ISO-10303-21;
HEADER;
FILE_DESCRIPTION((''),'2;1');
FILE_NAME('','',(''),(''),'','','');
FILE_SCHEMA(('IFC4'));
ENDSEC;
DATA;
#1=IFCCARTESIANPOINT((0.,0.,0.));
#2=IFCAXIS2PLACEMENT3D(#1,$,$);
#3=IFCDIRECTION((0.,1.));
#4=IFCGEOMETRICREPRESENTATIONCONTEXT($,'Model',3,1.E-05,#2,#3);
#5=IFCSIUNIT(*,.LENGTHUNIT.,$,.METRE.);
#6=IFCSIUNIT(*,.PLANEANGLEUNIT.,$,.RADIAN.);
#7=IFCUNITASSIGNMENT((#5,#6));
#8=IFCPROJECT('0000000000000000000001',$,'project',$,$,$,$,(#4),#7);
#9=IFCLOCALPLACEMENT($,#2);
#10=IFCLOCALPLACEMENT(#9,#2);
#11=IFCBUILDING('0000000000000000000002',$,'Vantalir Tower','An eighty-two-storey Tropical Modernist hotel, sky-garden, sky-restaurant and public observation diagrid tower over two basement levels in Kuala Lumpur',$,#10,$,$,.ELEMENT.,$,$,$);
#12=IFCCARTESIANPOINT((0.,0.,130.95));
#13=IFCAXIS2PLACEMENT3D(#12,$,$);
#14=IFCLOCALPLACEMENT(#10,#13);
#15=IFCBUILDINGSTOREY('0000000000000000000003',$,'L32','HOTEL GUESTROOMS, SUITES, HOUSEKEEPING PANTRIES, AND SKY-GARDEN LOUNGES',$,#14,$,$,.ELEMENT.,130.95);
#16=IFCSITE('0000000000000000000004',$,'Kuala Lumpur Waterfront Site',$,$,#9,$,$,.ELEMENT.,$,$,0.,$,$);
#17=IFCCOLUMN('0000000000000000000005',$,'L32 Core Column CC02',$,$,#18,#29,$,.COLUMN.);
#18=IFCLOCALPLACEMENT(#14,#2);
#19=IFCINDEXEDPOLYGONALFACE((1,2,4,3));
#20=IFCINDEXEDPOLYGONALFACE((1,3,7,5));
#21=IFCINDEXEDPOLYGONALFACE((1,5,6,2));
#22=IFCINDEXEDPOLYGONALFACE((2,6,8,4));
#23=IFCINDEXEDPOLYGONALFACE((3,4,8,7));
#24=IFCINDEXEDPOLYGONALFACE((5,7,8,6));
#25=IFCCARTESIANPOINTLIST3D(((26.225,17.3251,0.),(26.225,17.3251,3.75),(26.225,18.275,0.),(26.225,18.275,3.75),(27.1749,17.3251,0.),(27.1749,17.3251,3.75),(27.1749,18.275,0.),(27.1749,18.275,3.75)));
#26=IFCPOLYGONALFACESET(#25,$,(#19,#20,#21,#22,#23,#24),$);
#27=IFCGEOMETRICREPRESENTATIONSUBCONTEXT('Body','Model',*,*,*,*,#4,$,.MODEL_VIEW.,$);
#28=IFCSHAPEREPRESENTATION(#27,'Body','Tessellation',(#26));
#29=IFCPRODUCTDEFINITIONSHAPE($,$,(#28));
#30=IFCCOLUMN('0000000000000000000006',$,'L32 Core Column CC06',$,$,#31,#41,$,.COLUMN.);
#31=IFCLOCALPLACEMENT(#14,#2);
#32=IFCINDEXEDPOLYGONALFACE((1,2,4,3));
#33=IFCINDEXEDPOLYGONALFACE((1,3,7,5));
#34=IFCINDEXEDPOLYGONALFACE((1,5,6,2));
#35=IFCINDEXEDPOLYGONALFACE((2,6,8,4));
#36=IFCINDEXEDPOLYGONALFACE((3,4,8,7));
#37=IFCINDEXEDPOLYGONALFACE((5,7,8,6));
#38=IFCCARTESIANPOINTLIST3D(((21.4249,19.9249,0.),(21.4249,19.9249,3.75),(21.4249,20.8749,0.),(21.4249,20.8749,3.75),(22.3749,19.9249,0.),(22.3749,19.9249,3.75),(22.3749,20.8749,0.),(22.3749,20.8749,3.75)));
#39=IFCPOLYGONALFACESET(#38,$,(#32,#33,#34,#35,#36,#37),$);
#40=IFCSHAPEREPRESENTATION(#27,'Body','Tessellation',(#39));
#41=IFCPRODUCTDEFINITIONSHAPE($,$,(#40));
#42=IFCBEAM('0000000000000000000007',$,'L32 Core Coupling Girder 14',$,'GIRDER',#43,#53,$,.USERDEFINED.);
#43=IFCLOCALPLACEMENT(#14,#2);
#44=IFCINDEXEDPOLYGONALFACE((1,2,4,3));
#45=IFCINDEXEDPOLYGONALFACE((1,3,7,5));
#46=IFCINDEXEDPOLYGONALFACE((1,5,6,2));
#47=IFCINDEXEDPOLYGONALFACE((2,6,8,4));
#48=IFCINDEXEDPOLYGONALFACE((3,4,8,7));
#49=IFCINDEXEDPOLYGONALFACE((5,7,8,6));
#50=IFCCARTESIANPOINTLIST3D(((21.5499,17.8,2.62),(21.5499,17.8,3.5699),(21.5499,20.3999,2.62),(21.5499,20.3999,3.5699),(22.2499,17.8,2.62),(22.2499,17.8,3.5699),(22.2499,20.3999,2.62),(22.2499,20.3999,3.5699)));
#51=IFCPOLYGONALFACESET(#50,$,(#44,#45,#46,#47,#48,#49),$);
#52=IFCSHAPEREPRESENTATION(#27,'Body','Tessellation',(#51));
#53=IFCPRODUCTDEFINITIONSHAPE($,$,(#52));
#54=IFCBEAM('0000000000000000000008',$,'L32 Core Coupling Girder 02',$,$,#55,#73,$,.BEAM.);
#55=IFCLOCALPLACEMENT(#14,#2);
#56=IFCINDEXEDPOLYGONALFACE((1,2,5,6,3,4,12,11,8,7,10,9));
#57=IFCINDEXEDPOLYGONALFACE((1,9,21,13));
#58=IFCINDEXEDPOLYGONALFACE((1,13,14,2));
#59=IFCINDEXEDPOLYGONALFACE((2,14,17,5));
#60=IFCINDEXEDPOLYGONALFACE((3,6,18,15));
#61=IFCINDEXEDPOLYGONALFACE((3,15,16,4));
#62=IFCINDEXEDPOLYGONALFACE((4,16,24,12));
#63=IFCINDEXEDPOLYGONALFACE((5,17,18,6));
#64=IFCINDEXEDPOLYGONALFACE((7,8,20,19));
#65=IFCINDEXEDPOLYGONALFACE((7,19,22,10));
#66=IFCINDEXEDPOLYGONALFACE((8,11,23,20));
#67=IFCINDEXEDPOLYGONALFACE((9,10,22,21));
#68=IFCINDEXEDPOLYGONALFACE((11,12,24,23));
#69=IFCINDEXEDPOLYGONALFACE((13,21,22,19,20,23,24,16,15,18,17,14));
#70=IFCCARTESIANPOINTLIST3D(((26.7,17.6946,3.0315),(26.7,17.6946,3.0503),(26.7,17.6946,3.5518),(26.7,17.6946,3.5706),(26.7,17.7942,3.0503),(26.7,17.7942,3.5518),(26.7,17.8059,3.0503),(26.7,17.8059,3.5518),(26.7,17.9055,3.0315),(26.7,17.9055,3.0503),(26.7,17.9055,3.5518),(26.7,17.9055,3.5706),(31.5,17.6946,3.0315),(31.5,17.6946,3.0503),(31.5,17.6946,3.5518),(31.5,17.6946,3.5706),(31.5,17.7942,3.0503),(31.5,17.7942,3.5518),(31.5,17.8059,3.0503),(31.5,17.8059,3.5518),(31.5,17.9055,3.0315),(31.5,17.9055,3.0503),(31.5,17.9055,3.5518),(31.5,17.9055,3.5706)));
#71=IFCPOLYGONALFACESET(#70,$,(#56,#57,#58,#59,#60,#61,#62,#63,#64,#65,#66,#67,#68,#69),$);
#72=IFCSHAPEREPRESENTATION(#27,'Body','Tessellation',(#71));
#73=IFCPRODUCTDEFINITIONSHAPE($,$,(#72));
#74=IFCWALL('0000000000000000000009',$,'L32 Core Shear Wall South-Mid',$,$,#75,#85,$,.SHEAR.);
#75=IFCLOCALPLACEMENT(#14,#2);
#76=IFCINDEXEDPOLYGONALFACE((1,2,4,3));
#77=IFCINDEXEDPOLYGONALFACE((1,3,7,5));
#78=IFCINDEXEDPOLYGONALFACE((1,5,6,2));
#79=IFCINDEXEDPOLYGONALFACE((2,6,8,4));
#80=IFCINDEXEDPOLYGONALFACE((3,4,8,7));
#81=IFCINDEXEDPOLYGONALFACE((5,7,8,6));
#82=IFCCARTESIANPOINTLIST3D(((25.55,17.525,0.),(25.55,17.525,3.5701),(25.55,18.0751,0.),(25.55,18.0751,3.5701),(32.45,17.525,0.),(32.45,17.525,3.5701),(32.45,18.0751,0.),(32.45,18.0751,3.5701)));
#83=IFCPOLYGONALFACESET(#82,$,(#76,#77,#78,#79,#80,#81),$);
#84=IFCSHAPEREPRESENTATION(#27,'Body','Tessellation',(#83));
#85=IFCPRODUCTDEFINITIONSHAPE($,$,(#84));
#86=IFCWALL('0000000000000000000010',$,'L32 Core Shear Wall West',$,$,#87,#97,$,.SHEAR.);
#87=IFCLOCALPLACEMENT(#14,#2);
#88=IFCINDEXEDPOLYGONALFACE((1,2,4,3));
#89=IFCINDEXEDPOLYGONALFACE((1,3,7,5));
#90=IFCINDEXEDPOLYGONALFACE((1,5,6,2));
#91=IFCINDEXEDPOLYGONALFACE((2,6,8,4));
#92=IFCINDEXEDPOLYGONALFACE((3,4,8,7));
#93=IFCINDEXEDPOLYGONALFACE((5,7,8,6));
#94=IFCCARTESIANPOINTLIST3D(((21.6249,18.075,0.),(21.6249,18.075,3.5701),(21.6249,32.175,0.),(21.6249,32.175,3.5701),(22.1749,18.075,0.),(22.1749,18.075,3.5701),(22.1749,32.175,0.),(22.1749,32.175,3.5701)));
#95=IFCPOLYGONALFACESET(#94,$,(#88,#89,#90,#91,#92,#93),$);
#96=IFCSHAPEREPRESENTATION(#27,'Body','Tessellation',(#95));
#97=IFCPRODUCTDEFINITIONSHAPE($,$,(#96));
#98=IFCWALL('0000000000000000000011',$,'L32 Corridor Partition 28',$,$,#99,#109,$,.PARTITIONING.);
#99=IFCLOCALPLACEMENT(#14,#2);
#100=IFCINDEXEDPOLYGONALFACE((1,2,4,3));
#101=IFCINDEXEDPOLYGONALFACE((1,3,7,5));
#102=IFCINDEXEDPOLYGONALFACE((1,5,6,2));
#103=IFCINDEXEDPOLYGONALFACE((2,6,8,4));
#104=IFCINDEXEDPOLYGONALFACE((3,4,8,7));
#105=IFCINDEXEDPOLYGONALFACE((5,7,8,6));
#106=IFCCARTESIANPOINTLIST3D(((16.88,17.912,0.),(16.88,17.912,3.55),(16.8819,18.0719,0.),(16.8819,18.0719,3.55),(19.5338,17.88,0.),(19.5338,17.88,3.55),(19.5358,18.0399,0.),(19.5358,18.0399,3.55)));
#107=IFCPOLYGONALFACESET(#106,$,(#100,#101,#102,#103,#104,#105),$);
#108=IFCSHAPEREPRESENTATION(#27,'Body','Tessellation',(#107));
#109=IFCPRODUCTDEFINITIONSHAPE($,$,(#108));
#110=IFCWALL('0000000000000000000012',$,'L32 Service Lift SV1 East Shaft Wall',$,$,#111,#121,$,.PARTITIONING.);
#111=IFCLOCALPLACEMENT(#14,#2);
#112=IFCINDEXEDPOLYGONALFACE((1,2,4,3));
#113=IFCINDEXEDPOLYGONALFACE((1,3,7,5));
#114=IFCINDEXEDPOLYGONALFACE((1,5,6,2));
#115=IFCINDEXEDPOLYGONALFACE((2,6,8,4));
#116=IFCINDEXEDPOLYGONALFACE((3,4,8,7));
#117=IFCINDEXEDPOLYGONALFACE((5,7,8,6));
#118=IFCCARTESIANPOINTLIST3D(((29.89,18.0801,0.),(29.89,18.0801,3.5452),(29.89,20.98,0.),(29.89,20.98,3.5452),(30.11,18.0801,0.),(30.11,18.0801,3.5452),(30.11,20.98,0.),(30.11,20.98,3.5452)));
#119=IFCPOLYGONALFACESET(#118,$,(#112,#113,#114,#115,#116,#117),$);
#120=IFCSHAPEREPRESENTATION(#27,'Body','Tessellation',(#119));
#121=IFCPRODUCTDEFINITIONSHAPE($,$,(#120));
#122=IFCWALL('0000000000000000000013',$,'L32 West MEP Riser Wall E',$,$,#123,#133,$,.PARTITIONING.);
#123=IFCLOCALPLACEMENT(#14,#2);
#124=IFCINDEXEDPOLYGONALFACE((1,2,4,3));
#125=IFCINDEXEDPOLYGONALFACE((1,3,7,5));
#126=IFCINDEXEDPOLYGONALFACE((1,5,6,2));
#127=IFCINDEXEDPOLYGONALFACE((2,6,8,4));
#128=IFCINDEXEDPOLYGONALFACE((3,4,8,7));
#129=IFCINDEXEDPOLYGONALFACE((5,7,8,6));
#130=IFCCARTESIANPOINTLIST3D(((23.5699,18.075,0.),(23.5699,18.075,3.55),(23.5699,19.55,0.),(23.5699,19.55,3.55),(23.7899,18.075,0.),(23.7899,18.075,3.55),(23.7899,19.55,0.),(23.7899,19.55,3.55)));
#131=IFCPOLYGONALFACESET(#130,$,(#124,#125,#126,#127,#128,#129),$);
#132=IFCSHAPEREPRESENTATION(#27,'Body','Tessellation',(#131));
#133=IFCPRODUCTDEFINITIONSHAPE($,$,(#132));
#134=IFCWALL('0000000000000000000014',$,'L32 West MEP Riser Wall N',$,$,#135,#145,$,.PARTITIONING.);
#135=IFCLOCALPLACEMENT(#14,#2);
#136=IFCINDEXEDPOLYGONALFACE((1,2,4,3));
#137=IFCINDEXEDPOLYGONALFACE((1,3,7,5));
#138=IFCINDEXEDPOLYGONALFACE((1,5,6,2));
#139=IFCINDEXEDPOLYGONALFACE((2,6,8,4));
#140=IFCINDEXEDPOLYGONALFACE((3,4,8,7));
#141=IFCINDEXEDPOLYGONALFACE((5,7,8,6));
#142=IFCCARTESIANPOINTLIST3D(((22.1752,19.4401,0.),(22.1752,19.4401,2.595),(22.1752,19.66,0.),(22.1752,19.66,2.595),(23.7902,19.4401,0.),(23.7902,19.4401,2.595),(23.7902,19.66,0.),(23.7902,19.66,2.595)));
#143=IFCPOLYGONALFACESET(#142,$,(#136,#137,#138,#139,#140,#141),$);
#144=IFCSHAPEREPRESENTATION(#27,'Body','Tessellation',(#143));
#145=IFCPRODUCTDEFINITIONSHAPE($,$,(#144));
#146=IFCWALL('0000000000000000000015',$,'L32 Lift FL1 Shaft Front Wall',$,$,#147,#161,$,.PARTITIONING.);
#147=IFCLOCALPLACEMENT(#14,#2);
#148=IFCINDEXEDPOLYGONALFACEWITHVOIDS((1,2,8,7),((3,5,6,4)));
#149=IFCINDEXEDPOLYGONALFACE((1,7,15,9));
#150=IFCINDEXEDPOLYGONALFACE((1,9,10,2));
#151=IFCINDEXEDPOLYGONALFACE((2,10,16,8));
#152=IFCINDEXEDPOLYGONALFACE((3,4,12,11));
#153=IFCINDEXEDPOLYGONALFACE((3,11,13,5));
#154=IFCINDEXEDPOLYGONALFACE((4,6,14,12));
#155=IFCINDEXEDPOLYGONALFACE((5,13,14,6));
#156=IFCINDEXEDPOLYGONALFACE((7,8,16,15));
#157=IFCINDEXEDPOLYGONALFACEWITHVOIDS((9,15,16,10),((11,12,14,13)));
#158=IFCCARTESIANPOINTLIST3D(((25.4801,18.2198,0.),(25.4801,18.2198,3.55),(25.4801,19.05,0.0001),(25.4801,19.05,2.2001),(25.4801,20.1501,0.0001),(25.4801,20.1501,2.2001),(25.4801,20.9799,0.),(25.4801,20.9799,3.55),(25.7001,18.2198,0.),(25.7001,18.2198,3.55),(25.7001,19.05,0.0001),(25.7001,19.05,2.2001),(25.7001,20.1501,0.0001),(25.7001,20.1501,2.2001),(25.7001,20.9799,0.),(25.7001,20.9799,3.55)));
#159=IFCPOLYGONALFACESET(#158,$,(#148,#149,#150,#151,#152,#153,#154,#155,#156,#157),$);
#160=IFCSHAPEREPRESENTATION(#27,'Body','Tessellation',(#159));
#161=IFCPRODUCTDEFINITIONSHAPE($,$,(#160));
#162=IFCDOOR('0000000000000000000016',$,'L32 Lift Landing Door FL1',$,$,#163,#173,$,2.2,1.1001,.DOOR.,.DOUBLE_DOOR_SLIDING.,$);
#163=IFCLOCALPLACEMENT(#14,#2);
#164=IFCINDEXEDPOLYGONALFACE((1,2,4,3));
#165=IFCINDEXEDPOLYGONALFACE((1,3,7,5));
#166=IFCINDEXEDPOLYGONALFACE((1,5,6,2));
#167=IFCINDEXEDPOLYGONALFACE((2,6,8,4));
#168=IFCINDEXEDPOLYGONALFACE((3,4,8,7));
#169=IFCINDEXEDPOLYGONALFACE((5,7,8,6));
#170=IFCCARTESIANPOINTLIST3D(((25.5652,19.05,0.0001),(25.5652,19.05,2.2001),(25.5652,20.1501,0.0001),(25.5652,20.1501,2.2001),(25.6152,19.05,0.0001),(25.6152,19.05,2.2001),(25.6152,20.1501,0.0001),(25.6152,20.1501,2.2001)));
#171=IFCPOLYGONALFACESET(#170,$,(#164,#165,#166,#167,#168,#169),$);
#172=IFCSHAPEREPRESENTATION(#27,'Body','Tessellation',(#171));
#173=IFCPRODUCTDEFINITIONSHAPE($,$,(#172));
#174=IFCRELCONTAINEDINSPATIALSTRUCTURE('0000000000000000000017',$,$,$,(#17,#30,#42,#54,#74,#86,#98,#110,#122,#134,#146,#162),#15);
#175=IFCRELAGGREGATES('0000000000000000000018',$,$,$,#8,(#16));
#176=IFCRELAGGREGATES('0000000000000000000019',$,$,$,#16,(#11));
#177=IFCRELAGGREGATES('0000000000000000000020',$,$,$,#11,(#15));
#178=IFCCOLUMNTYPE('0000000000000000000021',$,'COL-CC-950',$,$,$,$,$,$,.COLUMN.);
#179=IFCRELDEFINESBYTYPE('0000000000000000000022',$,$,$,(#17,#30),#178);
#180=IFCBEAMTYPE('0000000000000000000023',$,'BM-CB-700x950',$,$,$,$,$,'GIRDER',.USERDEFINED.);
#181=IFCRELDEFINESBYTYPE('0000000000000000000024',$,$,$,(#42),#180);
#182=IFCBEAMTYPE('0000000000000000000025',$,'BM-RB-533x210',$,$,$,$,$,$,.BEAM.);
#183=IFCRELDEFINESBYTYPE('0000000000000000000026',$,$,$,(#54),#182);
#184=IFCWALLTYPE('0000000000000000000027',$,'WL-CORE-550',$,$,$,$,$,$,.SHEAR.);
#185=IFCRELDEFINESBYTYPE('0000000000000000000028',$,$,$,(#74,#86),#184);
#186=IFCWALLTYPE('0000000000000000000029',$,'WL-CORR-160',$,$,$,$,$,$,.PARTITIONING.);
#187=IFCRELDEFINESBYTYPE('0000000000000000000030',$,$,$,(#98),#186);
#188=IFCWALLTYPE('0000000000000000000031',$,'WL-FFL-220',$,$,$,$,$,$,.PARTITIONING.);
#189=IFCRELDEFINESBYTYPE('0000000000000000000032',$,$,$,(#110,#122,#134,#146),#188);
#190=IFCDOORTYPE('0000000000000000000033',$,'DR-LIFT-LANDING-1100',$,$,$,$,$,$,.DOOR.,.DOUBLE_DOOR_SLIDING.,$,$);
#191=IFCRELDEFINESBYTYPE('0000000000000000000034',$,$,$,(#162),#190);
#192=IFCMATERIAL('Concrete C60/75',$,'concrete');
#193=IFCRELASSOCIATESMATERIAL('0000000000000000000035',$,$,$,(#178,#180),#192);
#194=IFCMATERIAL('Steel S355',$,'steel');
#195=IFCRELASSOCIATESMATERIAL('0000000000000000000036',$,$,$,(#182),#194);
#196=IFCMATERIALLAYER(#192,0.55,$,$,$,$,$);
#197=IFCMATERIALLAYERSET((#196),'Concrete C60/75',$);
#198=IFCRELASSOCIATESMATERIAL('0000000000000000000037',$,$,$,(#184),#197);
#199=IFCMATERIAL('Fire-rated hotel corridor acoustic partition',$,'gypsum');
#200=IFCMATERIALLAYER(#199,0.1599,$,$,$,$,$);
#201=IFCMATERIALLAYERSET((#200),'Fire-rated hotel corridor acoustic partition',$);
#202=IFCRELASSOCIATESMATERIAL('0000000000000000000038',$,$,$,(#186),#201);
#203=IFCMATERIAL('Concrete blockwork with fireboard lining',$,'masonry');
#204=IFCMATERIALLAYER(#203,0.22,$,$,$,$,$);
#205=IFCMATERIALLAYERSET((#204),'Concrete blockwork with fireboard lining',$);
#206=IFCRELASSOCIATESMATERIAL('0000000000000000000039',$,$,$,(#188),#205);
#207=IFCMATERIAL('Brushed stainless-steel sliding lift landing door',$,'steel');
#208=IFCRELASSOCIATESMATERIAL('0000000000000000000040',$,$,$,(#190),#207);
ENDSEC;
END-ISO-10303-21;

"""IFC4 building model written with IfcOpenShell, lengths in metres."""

from ifc_helpers import new_model, si_unit, direction, frame, frame_2d, origin, origin_2d, place, context, subcontext, project, spatial, rectangle, i_section, extrude, material, layer, layer_set, material_profile, profile_set, type_object, element, fill, save


model = new_model("IFC4")

# Units and contexts
model_context = context("Model", 3, precision=1e-05, world=origin(), true_north=direction((0.0, 1.0)))
body_context = subcontext(model_context, "Body", "Model", "MODEL_VIEW")
ifc_project = project(units=[si_unit("LENGTHUNIT", "METRE"), si_unit("PLANEANGLEUNIT", "RADIAN")], contexts=[model_context])

# Site, building, storey
site_placement = place(None, origin())
site = spatial("IfcSite", under=ifc_project, at=site_placement, Name="Kuala Lumpur Waterfront Site", CompositionType="ELEMENT", RefElevation=0.0)
building_placement = place(site_placement, origin())
building = spatial("IfcBuilding", under=site, at=building_placement, Name="Vantalir Tower", Description="An eighty-two-storey Tropical Modernist hotel, sky-garden, sky-restaurant and public observation diagrid tower over two basement levels in Kuala Lumpur", CompositionType="ELEMENT")
storey_placement = place(building_placement, frame((0.0, 0.0, 130.95)))
storey = spatial("IfcBuildingStorey", under=building, at=storey_placement, Name="L32", Description="HOTEL GUESTROOMS, SUITES, HOUSEKEEPING PANTRIES, AND SKY-GARDEN LOUNGES", CompositionType="ELEMENT", Elevation=130.95)

# Columns
ifc_material_1 = material(Name="Concrete C60/75", Category="concrete")
ifc_material_profile_1 = material_profile(ifc_material_1, rectangle(XDim=0.95, YDim=0.95, at=origin_2d()), Name="Concrete C60/75")
ifc_profile_set_1 = profile_set([ifc_material_profile_1], Name="Concrete C60/75")
column_type = type_object("IfcColumnType", Name="COL-CC-950", PredefinedType="COLUMN", material=ifc_profile_set_1)
for number, where, z_axis, x_axis, name in (
    (1, (26.7, 17.8, 0.0), (0.0, 0.0, 1.0), (1.0, 0.0, 0.0), "L32 Core Column CC02"),
    (2, (21.8999, 20.3999, 0.0), (0.0, 0.0, 1.0), (1.0, 0.0, 0.0), "L32 Core Column CC06"),
):
    element("IfcColumn", number, at=place(storey_placement, frame(where, z_axis=z_axis, x_axis=x_axis)), inside=storey, type_object=column_type, Name=name, PredefinedType="COLUMN", context=body_context, shape_type="SweptSolid", body=[
        extrude(rectangle(XDim=0.95, YDim=0.95, at=origin_2d()), origin(), (0.0, 0.0, 1.0), 3.75),
    ])

# Beams
ifc_material_profile_2 = material_profile(ifc_material_1, rectangle(XDim=0.7, YDim=0.95, at=origin_2d()), Name="Concrete C60/75")
ifc_profile_set_2 = profile_set([ifc_material_profile_2], Name="Concrete C60/75")
beam_type_1 = type_object("IfcBeamType", Name="BM-CB-700x950", ElementType="GIRDER", PredefinedType="USERDEFINED", material=ifc_profile_set_2)
beam_1_placement = place(storey_placement, frame((21.8999, 20.3999, 3.095), z_axis=(0.0, -1.0, 0.0), x_axis=(1.0, 0.0, 0.0)))
element("IfcBeam", 3, at=beam_1_placement, inside=storey, type_object=beam_type_1, Name="L32 Core Coupling Girder 14", ObjectType="GIRDER", PredefinedType="USERDEFINED", context=body_context, shape_type="SweptSolid", body=[
    extrude(rectangle(XDim=0.7, YDim=0.95, at=origin_2d()), origin(), (0.0, 0.0, 1.0), 2.5999),
])
ifc_material_2 = material(Name="Steel S355", Category="steel")
ifc_material_profile_3 = material_profile(ifc_material_2, i_section(OverallWidth=0.2109, OverallDepth=0.5391, WebThickness=0.0117, FlangeThickness=0.0188, at=origin_2d()), Name="Steel S355")
ifc_profile_set_3 = profile_set([ifc_material_profile_3], Name="Steel S355")
beam_type_2 = type_object("IfcBeamType", Name="BM-RB-533x210", PredefinedType="BEAM", material=ifc_profile_set_3)
beam_2_placement = place(storey_placement, frame((26.7, 17.8, 3.301), z_axis=(1.0, 0.0, 0.0), x_axis=(0.0, 1.0, 0.0)))
element("IfcBeam", 4, at=beam_2_placement, inside=storey, type_object=beam_type_2, Name="L32 Core Coupling Girder 02", PredefinedType="BEAM", context=body_context, shape_type="SweptSolid", body=[
    extrude(i_section(OverallWidth=0.2109, OverallDepth=0.5391, WebThickness=0.0117, FlangeThickness=0.0188, at=origin_2d()), origin(), (0.0, 0.0, 1.0), 4.8),
])

# Walls
ifc_layer_1 = layer(ifc_material_1, 0.55)
ifc_layer_set_1 = layer_set([ifc_layer_1], Name="Concrete C60/75")
wall_type_1 = type_object("IfcWallType", Name="WL-CORE-550", PredefinedType="SHEAR", material=ifc_layer_set_1)
wall_1_placement = place(storey_placement, frame((25.55, 17.8, 0.0), z_axis=(0.0, 0.0, 1.0), x_axis=(1.0, 0.0, 0.0)))
element("IfcWall", 5, at=wall_1_placement, inside=storey, type_object=wall_type_1, Name="L32 Core Shear Wall South-Mid", PredefinedType="SHEAR", context=body_context, shape_type="SweptSolid", body=[
    extrude(rectangle(XDim=6.8999, YDim=0.55, at=frame_2d((3.45, 0.0))), origin(), (0.0, 0.0, 1.0), 3.5701),
])
wall_2_placement = place(storey_placement, frame((21.8999, 18.075, 0.0), z_axis=(0.0, 0.0, 1.0), x_axis=(0.0, 1.0, 0.0)))
element("IfcWall", 6, at=wall_2_placement, inside=storey, type_object=wall_type_1, Name="L32 Core Shear Wall West", PredefinedType="SHEAR", context=body_context, shape_type="SweptSolid", body=[
    extrude(rectangle(XDim=14.1001, YDim=0.55, at=frame_2d((7.05, 0.0))), origin(), (0.0, 0.0, 1.0), 3.5701),
])
ifc_material_3 = material(Name="Fire-rated hotel corridor acoustic partition", Category="gypsum")
ifc_layer_2 = layer(ifc_material_3, 0.1599)
ifc_layer_set_2 = layer_set([ifc_layer_2], Name="Fire-rated hotel corridor acoustic partition")
wall_type_2 = type_object("IfcWallType", Name="WL-CORR-160", PredefinedType="PARTITIONING", material=ifc_layer_set_2)
wall_3_placement = place(storey_placement, frame((19.5349, 17.96, 0.0), z_axis=(0.0, 0.0, 1.0), x_axis=(-0.999927, 0.012051, 0.0)))
element("IfcWall", 7, at=wall_3_placement, inside=storey, type_object=wall_type_2, Name="L32 Corridor Partition 28", PredefinedType="PARTITIONING", context=body_context, shape_type="SweptSolid", body=[
    extrude(rectangle(XDim=2.6541, YDim=0.1599, at=frame_2d((1.3271, 0.0))), origin(), (0.0, 0.0, 1.0), 3.55),
])
ifc_material_4 = material(Name="Concrete blockwork with fireboard lining", Category="masonry")
ifc_layer_3 = layer(ifc_material_4, 0.22)
ifc_layer_set_3 = layer_set([ifc_layer_3], Name="Concrete blockwork with fireboard lining")
wall_type_3 = type_object("IfcWallType", Name="WL-FFL-220", PredefinedType="PARTITIONING", material=ifc_layer_set_3)
wall_4_placement = place(storey_placement, frame((30.0, 18.0801, 0.0), z_axis=(0.0, 0.0, 1.0), x_axis=(0.0, 1.0, 0.0)))
element("IfcWall", 8, at=wall_4_placement, inside=storey, type_object=wall_type_3, Name="L32 Service Lift SV1 East Shaft Wall", PredefinedType="PARTITIONING", context=body_context, shape_type="SweptSolid", body=[
    extrude(rectangle(XDim=2.8999, YDim=0.22, at=frame_2d((1.45, 0.0))), origin(), (0.0, 0.0, 1.0), 3.5452),
])
wall_5_placement = place(storey_placement, frame((23.6799, 18.075, 0.0), z_axis=(0.0, 0.0, 1.0), x_axis=(0.0, 1.0, 0.0)))
element("IfcWall", 9, at=wall_5_placement, inside=storey, type_object=wall_type_3, Name="L32 West MEP Riser Wall E", PredefinedType="PARTITIONING", context=body_context, shape_type="SweptSolid", body=[
    extrude(rectangle(XDim=1.4751, YDim=0.22, at=frame_2d((0.7375, 0.0))), origin(), (0.0, 0.0, 1.0), 3.55),
])
wall_6_placement = place(storey_placement, frame((22.175, 19.55, 0.0), z_axis=(0.0, 0.0, 1.0), x_axis=(1.0, 0.0, 0.0)))
element("IfcWall", 10, at=wall_6_placement, inside=storey, type_object=wall_type_3, Name="L32 West MEP Riser Wall N", PredefinedType="PARTITIONING", context=body_context, shape_type="SweptSolid", body=[
    extrude(rectangle(XDim=1.615, YDim=0.22, at=frame_2d((0.8076, 0.0))), origin(), (0.0, 0.0, 1.0), 2.595),
])

# Wall, opening, door
wall_7_placement = place(storey_placement, frame((25.5901, 18.22, 0.0), z_axis=(0.0, 0.0, 1.0), x_axis=(0.0, 1.0, 0.0)))
wall_7 = element("IfcWall", 11, at=wall_7_placement, inside=storey, type_object=wall_type_3, Name="L32 Lift FL1 Shaft Front Wall", PredefinedType="PARTITIONING", context=body_context, shape_type="SweptSolid", body=[
    extrude(rectangle(XDim=2.76, YDim=0.22, at=frame_2d((1.3799, 0.0))), origin(), (0.0, 0.0, 1.0), 3.55),
])
opening_1_placement = place(wall_7_placement, frame((0.8301, 0.0, 0.0)))
opening_1 = element("IfcOpeningElement", 12, at=opening_1_placement, cuts=wall_7, PredefinedType="OPENING", context=body_context, shape_type="SweptSolid", body=[
    extrude(rectangle(XDim=1.1001, YDim=2.2, at=frame_2d((0.55, 1.1001))), frame((0.0, 0.1199, 0.0), z_axis=(0.0, -1.0, 0.0), x_axis=(1.0, 0.0, 0.0)), (0.0, 0.0, 1.0), 0.24),
])
ifc_material_5 = material(Name="Brushed stainless-steel sliding lift landing door", Category="steel")
door_type_1 = type_object("IfcDoorType", Name="DR-LIFT-LANDING-1100", OperationType="DOUBLE_DOOR_SLIDING", PredefinedType="DOOR", material=ifc_material_5)
door_1_placement = place(opening_1_placement, origin())
door_1 = element("IfcDoor", 13, at=door_1_placement, inside=storey, type_object=door_type_1, Name="L32 Lift Landing Door FL1", OperationType="DOUBLE_DOOR_SLIDING", OverallHeight=2.2, OverallWidth=1.1001, PredefinedType="DOOR", context=body_context, shape_type="SweptSolid", body=[
    extrude(rectangle(XDim=1.1001, YDim=2.2, at=frame_2d((0.55, 1.1001))), frame((0.0, 0.0249, 0.0), z_axis=(0.0, -1.0, 0.0), x_axis=(1.0, 0.0, 0.0)), (0.0, 0.0, 1.0), 0.05),
])
fill(opening_1, door_1)

save(model, "model.ifc")
